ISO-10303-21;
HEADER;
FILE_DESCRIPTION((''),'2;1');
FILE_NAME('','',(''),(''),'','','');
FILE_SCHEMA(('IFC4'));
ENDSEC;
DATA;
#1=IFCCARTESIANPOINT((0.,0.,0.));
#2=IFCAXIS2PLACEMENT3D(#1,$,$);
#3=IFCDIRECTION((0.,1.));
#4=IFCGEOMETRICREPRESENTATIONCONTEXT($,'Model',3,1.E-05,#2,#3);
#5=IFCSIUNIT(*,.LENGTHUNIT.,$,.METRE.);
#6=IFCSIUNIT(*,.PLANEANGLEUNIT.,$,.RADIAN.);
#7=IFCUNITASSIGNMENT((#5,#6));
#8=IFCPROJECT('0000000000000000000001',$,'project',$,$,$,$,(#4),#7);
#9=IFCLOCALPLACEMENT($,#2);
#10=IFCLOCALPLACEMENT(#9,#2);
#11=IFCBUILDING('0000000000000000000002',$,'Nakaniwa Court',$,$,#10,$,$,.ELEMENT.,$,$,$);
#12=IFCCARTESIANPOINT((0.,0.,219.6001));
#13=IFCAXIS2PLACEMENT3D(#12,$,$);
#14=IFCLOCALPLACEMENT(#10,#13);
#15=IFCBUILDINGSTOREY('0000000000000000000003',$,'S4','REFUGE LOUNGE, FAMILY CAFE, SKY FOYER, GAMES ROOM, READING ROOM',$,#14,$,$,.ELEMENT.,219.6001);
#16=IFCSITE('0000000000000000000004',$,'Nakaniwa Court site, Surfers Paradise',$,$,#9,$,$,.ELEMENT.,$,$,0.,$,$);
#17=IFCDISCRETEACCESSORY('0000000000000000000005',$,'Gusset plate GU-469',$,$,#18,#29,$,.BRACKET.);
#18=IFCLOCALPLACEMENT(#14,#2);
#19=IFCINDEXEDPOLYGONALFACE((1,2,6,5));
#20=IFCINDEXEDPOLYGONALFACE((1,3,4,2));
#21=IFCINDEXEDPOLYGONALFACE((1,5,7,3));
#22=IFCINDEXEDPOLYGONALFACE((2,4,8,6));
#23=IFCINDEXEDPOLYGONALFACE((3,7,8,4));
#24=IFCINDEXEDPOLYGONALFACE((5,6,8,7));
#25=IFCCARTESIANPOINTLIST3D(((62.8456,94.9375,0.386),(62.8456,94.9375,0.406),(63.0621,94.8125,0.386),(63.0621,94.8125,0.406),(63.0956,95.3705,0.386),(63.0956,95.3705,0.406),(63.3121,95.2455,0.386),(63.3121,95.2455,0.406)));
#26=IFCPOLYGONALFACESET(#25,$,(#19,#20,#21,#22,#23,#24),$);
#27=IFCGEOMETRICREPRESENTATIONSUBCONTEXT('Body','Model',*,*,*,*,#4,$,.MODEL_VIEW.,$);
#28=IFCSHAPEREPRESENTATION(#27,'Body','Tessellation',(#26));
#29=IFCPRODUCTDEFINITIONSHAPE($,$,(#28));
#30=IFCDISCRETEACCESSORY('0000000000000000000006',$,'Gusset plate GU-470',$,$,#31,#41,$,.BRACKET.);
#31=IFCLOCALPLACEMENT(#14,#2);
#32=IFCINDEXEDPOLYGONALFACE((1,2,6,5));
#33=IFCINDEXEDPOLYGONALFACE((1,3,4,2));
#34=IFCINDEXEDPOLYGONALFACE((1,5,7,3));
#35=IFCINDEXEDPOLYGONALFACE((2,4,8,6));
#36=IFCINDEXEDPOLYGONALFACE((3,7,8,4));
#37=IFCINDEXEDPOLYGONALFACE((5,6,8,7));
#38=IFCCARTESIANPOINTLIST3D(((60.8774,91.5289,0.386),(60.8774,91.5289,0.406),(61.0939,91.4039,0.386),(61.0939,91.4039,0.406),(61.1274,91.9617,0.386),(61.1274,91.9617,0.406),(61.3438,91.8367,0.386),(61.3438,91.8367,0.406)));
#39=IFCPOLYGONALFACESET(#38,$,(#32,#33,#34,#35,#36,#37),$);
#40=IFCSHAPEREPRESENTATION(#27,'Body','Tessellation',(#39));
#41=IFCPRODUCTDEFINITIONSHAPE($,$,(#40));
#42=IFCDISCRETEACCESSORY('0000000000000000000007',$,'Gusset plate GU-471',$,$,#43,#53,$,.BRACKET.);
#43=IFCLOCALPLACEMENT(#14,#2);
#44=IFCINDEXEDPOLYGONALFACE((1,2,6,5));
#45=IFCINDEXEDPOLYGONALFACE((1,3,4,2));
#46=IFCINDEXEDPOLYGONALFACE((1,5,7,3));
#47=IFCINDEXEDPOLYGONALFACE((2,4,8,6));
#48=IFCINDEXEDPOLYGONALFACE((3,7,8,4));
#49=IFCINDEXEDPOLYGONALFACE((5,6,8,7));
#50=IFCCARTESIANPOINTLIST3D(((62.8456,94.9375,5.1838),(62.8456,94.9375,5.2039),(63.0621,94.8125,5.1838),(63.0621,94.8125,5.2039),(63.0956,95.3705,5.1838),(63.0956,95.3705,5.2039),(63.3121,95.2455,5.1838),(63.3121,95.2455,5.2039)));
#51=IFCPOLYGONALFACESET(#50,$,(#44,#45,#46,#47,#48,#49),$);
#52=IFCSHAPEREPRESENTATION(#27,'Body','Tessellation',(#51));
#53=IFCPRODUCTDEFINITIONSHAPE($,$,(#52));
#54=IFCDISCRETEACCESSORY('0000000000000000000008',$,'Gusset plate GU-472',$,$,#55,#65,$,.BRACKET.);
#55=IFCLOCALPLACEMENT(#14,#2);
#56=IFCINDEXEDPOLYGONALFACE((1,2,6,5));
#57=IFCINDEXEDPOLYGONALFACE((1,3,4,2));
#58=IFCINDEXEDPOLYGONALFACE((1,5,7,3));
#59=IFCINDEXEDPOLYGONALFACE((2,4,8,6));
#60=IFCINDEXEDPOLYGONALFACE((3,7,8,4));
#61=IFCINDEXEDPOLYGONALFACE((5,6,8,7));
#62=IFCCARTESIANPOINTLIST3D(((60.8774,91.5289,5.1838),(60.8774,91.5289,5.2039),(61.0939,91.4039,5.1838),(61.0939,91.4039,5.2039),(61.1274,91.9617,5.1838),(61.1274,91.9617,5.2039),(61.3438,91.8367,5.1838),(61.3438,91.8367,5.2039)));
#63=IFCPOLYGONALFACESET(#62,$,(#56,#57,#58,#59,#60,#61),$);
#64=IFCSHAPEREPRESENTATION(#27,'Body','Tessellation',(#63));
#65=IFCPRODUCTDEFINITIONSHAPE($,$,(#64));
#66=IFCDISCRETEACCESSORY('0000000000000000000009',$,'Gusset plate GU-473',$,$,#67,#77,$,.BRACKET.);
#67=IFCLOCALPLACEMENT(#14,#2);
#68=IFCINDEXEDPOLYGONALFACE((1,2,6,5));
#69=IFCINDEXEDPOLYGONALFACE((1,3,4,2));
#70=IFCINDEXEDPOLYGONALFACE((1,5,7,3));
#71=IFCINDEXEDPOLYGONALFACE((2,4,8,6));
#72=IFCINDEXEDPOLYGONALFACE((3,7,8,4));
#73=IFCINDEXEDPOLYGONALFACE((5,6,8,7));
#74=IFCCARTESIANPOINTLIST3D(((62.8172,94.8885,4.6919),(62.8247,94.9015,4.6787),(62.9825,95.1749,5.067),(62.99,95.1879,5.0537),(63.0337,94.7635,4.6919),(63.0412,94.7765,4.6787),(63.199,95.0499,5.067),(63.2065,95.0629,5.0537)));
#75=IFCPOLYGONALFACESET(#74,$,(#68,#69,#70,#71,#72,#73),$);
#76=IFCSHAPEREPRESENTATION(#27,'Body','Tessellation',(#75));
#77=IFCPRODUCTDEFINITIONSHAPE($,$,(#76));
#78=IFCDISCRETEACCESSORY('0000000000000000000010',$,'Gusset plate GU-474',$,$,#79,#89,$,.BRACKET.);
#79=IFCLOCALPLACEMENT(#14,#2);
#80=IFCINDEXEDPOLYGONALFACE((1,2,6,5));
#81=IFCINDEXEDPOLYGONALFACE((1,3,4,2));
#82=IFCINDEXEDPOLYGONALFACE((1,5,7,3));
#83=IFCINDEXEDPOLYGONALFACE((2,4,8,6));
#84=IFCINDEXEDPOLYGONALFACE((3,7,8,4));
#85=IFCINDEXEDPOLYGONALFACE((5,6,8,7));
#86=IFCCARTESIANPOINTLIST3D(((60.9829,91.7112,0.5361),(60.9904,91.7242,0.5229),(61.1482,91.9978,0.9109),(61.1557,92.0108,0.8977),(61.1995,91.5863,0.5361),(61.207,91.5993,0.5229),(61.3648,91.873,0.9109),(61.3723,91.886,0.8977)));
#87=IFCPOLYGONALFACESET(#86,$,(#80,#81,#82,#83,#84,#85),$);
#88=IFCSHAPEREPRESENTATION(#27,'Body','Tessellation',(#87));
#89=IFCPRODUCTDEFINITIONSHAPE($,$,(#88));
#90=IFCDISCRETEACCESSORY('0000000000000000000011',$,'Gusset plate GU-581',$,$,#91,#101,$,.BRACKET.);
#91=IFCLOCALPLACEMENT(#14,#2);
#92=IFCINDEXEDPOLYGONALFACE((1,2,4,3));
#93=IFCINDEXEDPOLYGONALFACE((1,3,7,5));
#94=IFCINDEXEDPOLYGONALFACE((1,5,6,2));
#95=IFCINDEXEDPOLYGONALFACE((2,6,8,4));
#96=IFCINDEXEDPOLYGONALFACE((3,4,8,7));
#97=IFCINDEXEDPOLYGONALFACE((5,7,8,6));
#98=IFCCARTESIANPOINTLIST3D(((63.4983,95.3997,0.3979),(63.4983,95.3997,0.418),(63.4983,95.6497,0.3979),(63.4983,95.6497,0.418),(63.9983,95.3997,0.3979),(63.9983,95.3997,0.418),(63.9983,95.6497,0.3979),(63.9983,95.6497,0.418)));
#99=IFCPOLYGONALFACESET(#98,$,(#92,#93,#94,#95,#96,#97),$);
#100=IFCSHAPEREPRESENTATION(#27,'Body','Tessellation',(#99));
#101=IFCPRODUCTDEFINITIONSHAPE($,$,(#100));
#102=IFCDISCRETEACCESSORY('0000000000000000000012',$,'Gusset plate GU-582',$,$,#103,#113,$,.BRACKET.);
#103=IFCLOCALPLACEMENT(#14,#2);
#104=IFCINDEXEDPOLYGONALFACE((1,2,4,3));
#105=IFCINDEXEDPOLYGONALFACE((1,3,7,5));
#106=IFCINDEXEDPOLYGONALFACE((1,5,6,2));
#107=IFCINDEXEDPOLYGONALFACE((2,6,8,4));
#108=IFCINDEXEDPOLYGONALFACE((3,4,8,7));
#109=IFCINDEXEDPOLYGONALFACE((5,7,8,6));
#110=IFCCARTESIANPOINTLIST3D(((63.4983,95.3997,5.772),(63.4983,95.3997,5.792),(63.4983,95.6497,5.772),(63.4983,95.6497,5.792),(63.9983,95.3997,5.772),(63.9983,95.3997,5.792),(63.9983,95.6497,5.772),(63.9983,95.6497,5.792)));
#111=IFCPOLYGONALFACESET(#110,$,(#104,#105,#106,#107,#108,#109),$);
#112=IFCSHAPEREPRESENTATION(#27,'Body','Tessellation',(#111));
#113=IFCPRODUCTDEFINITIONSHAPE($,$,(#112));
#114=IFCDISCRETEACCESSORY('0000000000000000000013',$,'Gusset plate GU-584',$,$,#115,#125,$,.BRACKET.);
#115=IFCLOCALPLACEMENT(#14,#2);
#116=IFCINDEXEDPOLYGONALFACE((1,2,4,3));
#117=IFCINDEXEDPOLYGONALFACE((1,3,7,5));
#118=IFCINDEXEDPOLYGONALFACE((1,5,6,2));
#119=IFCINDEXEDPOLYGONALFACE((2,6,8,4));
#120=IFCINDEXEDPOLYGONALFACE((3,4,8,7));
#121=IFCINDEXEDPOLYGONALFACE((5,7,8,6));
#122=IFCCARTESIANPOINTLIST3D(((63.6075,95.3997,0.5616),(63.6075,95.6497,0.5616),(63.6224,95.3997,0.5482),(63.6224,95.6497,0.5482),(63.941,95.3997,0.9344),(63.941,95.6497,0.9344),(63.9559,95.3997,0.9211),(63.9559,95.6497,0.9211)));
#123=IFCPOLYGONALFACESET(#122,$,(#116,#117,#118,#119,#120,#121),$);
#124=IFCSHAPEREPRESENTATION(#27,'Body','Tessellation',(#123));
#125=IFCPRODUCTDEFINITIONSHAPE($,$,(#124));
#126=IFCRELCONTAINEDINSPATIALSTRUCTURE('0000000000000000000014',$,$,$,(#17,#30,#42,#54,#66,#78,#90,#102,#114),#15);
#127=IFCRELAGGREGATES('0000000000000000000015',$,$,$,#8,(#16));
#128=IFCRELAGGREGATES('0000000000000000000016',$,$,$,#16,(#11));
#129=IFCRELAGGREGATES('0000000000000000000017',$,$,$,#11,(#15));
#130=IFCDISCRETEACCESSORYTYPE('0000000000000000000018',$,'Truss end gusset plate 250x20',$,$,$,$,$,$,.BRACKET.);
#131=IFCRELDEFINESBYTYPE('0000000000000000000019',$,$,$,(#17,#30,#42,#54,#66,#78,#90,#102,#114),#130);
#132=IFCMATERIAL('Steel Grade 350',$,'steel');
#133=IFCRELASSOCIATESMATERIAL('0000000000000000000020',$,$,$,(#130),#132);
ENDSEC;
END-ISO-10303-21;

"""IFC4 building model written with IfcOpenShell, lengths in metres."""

from ifc_helpers import new_model, si_unit, direction, frame, origin, origin_2d, place, context, subcontext, project, spatial, rectangle, extrude, material, material_profile, profile_set, type_object, element, save


model = new_model("IFC4")

# Units and contexts
model_context = context("Model", 3, precision=1e-05, world=origin(), true_north=direction((0.0, 1.0)))
body_context = subcontext(model_context, "Body", "Model", "MODEL_VIEW")
ifc_project = project(units=[si_unit("LENGTHUNIT", "METRE"), si_unit("PLANEANGLEUNIT", "RADIAN")], contexts=[model_context])

# Site, building, storey
site_placement = place(None, origin())
site = spatial("IfcSite", under=ifc_project, at=site_placement, Name="Nakaniwa Court site, Surfers Paradise", CompositionType="ELEMENT", RefElevation=0.0)
building_placement = place(site_placement, origin())
building = spatial("IfcBuilding", under=site, at=building_placement, Name="Nakaniwa Court", CompositionType="ELEMENT")
storey_placement = place(building_placement, frame((0.0, 0.0, 219.6001)))
storey = spatial("IfcBuildingStorey", under=building, at=storey_placement, Name="S4", Description="REFUGE LOUNGE, FAMILY CAFE, SKY FOYER, GAMES ROOM, READING ROOM", CompositionType="ELEMENT", Elevation=219.6001)

# Shared definitions
ifc_material_1 = material(Name="Steel Grade 350", Category="steel")

# Discrete accessories
ifc_material_profile_1 = material_profile(ifc_material_1, rectangle(XDim=0.25, YDim=0.02, at=origin_2d()), Name="Truss end gusset plate 250x20")
ifc_profile_set_1 = profile_set([ifc_material_profile_1], Name="Steel Grade 350")
discrete_accessory_type = type_object("IfcDiscreteAccessoryType", Name="Truss end gusset plate 250x20", PredefinedType="BRACKET", material=ifc_profile_set_1)
discrete_accessory_1_placement = place(storey_placement, frame((62.9539, 94.875, 0.396), z_axis=(0.49992, 0.866072, 0.0), x_axis=(-0.866072, 0.49992, 0.0)))
element("IfcDiscreteAccessory", 1, at=discrete_accessory_1_placement, inside=storey, type_object=discrete_accessory_type, Name="Gusset plate GU-469", PredefinedType="BRACKET", context=body_context, shape_type="SweptSolid", body=[
    extrude(rectangle(XDim=0.25, YDim=0.02, at=origin_2d()), origin(), (0.0, 0.0, 1.0), 0.5),
])
discrete_accessory_2_placement = place(storey_placement, frame((61.2356, 91.8992, 0.396), z_axis=(-0.500131, -0.86595, 0.0), x_axis=(0.86595, -0.500131, 0.0)))
element("IfcDiscreteAccessory", 2, at=discrete_accessory_2_placement, inside=storey, type_object=discrete_accessory_type, Name="Gusset plate GU-470", PredefinedType="BRACKET", context=body_context, shape_type="SweptSolid", body=[
    extrude(rectangle(XDim=0.25, YDim=0.02, at=origin_2d()), origin(), (0.0, 0.0, 1.0), 0.4998),
])
discrete_accessory_3_placement = place(storey_placement, frame((62.9539, 94.875, 5.1938), z_axis=(0.49992, 0.866072, 0.0), x_axis=(-0.866072, 0.49992, 0.0)))
element("IfcDiscreteAccessory", 3, at=discrete_accessory_3_placement, inside=storey, type_object=discrete_accessory_type, Name="Gusset plate GU-471", PredefinedType="BRACKET", context=body_context, shape_type="SweptSolid", body=[
    extrude(rectangle(XDim=0.25, YDim=0.02, at=origin_2d()), origin(), (0.0, 0.0, 1.0), 0.5),
])
discrete_accessory_4_placement = place(storey_placement, frame((61.2356, 91.8992, 5.1938), z_axis=(-0.500131, -0.86595, 0.0), x_axis=(0.86595, -0.500131, 0.0)))
element("IfcDiscreteAccessory", 4, at=discrete_accessory_4_placement, inside=storey, type_object=discrete_accessory_type, Name="Gusset plate GU-472", PredefinedType="BRACKET", context=body_context, shape_type="SweptSolid", body=[
    extrude(rectangle(XDim=0.25, YDim=0.02, at=origin_2d()), origin(), (0.0, 0.0, 1.0), 0.4998),
])
for number, where, z_axis, x_axis, name in (
    (5, (62.9292, 94.8325, 4.6853), (0.330596, 0.572805, 0.750067), (-0.8661, 0.499872, 0.0), "Gusset plate GU-473"),
    (6, (61.2603, 91.9419, 0.9043), (-0.330625, -0.573343, -0.749643), (0.866284, -0.499552, 0.0), "Gusset plate GU-474"),
    (7, (63.9983, 95.5247, 0.408), (-1.0, 0.0, 0.0), (0.0, -1.0, 0.0), "Gusset plate GU-581"),
    (8, (63.9983, 95.5247, 5.782), (-1.0, 0.0, 0.0), (0.0, -1.0, 0.0), "Gusset plate GU-582"),
):
    element("IfcDiscreteAccessory", number, at=place(storey_placement, frame(where, z_axis=z_axis, x_axis=x_axis)), inside=storey, type_object=discrete_accessory_type, Name=name, PredefinedType="BRACKET", context=body_context, shape_type="SweptSolid", body=[
        extrude(rectangle(XDim=0.25, YDim=0.02, at=origin_2d()), origin(), (0.0, 0.0, 1.0), 0.5),
    ])
discrete_accessory_5_placement = place(storey_placement, frame((63.9485, 95.5247, 0.9277), z_axis=(-0.666724, 0.0, -0.745305), x_axis=(0.0, -1.0, 0.0)))
element("IfcDiscreteAccessory", 9, at=discrete_accessory_5_placement, inside=storey, type_object=discrete_accessory_type, Name="Gusset plate GU-584", PredefinedType="BRACKET", context=body_context, shape_type="SweptSolid", body=[
    extrude(rectangle(XDim=0.25, YDim=0.02, at=origin_2d()), origin(), (0.0, 0.0, 1.0), 0.5002),
])

save(model, "model.ifc")
